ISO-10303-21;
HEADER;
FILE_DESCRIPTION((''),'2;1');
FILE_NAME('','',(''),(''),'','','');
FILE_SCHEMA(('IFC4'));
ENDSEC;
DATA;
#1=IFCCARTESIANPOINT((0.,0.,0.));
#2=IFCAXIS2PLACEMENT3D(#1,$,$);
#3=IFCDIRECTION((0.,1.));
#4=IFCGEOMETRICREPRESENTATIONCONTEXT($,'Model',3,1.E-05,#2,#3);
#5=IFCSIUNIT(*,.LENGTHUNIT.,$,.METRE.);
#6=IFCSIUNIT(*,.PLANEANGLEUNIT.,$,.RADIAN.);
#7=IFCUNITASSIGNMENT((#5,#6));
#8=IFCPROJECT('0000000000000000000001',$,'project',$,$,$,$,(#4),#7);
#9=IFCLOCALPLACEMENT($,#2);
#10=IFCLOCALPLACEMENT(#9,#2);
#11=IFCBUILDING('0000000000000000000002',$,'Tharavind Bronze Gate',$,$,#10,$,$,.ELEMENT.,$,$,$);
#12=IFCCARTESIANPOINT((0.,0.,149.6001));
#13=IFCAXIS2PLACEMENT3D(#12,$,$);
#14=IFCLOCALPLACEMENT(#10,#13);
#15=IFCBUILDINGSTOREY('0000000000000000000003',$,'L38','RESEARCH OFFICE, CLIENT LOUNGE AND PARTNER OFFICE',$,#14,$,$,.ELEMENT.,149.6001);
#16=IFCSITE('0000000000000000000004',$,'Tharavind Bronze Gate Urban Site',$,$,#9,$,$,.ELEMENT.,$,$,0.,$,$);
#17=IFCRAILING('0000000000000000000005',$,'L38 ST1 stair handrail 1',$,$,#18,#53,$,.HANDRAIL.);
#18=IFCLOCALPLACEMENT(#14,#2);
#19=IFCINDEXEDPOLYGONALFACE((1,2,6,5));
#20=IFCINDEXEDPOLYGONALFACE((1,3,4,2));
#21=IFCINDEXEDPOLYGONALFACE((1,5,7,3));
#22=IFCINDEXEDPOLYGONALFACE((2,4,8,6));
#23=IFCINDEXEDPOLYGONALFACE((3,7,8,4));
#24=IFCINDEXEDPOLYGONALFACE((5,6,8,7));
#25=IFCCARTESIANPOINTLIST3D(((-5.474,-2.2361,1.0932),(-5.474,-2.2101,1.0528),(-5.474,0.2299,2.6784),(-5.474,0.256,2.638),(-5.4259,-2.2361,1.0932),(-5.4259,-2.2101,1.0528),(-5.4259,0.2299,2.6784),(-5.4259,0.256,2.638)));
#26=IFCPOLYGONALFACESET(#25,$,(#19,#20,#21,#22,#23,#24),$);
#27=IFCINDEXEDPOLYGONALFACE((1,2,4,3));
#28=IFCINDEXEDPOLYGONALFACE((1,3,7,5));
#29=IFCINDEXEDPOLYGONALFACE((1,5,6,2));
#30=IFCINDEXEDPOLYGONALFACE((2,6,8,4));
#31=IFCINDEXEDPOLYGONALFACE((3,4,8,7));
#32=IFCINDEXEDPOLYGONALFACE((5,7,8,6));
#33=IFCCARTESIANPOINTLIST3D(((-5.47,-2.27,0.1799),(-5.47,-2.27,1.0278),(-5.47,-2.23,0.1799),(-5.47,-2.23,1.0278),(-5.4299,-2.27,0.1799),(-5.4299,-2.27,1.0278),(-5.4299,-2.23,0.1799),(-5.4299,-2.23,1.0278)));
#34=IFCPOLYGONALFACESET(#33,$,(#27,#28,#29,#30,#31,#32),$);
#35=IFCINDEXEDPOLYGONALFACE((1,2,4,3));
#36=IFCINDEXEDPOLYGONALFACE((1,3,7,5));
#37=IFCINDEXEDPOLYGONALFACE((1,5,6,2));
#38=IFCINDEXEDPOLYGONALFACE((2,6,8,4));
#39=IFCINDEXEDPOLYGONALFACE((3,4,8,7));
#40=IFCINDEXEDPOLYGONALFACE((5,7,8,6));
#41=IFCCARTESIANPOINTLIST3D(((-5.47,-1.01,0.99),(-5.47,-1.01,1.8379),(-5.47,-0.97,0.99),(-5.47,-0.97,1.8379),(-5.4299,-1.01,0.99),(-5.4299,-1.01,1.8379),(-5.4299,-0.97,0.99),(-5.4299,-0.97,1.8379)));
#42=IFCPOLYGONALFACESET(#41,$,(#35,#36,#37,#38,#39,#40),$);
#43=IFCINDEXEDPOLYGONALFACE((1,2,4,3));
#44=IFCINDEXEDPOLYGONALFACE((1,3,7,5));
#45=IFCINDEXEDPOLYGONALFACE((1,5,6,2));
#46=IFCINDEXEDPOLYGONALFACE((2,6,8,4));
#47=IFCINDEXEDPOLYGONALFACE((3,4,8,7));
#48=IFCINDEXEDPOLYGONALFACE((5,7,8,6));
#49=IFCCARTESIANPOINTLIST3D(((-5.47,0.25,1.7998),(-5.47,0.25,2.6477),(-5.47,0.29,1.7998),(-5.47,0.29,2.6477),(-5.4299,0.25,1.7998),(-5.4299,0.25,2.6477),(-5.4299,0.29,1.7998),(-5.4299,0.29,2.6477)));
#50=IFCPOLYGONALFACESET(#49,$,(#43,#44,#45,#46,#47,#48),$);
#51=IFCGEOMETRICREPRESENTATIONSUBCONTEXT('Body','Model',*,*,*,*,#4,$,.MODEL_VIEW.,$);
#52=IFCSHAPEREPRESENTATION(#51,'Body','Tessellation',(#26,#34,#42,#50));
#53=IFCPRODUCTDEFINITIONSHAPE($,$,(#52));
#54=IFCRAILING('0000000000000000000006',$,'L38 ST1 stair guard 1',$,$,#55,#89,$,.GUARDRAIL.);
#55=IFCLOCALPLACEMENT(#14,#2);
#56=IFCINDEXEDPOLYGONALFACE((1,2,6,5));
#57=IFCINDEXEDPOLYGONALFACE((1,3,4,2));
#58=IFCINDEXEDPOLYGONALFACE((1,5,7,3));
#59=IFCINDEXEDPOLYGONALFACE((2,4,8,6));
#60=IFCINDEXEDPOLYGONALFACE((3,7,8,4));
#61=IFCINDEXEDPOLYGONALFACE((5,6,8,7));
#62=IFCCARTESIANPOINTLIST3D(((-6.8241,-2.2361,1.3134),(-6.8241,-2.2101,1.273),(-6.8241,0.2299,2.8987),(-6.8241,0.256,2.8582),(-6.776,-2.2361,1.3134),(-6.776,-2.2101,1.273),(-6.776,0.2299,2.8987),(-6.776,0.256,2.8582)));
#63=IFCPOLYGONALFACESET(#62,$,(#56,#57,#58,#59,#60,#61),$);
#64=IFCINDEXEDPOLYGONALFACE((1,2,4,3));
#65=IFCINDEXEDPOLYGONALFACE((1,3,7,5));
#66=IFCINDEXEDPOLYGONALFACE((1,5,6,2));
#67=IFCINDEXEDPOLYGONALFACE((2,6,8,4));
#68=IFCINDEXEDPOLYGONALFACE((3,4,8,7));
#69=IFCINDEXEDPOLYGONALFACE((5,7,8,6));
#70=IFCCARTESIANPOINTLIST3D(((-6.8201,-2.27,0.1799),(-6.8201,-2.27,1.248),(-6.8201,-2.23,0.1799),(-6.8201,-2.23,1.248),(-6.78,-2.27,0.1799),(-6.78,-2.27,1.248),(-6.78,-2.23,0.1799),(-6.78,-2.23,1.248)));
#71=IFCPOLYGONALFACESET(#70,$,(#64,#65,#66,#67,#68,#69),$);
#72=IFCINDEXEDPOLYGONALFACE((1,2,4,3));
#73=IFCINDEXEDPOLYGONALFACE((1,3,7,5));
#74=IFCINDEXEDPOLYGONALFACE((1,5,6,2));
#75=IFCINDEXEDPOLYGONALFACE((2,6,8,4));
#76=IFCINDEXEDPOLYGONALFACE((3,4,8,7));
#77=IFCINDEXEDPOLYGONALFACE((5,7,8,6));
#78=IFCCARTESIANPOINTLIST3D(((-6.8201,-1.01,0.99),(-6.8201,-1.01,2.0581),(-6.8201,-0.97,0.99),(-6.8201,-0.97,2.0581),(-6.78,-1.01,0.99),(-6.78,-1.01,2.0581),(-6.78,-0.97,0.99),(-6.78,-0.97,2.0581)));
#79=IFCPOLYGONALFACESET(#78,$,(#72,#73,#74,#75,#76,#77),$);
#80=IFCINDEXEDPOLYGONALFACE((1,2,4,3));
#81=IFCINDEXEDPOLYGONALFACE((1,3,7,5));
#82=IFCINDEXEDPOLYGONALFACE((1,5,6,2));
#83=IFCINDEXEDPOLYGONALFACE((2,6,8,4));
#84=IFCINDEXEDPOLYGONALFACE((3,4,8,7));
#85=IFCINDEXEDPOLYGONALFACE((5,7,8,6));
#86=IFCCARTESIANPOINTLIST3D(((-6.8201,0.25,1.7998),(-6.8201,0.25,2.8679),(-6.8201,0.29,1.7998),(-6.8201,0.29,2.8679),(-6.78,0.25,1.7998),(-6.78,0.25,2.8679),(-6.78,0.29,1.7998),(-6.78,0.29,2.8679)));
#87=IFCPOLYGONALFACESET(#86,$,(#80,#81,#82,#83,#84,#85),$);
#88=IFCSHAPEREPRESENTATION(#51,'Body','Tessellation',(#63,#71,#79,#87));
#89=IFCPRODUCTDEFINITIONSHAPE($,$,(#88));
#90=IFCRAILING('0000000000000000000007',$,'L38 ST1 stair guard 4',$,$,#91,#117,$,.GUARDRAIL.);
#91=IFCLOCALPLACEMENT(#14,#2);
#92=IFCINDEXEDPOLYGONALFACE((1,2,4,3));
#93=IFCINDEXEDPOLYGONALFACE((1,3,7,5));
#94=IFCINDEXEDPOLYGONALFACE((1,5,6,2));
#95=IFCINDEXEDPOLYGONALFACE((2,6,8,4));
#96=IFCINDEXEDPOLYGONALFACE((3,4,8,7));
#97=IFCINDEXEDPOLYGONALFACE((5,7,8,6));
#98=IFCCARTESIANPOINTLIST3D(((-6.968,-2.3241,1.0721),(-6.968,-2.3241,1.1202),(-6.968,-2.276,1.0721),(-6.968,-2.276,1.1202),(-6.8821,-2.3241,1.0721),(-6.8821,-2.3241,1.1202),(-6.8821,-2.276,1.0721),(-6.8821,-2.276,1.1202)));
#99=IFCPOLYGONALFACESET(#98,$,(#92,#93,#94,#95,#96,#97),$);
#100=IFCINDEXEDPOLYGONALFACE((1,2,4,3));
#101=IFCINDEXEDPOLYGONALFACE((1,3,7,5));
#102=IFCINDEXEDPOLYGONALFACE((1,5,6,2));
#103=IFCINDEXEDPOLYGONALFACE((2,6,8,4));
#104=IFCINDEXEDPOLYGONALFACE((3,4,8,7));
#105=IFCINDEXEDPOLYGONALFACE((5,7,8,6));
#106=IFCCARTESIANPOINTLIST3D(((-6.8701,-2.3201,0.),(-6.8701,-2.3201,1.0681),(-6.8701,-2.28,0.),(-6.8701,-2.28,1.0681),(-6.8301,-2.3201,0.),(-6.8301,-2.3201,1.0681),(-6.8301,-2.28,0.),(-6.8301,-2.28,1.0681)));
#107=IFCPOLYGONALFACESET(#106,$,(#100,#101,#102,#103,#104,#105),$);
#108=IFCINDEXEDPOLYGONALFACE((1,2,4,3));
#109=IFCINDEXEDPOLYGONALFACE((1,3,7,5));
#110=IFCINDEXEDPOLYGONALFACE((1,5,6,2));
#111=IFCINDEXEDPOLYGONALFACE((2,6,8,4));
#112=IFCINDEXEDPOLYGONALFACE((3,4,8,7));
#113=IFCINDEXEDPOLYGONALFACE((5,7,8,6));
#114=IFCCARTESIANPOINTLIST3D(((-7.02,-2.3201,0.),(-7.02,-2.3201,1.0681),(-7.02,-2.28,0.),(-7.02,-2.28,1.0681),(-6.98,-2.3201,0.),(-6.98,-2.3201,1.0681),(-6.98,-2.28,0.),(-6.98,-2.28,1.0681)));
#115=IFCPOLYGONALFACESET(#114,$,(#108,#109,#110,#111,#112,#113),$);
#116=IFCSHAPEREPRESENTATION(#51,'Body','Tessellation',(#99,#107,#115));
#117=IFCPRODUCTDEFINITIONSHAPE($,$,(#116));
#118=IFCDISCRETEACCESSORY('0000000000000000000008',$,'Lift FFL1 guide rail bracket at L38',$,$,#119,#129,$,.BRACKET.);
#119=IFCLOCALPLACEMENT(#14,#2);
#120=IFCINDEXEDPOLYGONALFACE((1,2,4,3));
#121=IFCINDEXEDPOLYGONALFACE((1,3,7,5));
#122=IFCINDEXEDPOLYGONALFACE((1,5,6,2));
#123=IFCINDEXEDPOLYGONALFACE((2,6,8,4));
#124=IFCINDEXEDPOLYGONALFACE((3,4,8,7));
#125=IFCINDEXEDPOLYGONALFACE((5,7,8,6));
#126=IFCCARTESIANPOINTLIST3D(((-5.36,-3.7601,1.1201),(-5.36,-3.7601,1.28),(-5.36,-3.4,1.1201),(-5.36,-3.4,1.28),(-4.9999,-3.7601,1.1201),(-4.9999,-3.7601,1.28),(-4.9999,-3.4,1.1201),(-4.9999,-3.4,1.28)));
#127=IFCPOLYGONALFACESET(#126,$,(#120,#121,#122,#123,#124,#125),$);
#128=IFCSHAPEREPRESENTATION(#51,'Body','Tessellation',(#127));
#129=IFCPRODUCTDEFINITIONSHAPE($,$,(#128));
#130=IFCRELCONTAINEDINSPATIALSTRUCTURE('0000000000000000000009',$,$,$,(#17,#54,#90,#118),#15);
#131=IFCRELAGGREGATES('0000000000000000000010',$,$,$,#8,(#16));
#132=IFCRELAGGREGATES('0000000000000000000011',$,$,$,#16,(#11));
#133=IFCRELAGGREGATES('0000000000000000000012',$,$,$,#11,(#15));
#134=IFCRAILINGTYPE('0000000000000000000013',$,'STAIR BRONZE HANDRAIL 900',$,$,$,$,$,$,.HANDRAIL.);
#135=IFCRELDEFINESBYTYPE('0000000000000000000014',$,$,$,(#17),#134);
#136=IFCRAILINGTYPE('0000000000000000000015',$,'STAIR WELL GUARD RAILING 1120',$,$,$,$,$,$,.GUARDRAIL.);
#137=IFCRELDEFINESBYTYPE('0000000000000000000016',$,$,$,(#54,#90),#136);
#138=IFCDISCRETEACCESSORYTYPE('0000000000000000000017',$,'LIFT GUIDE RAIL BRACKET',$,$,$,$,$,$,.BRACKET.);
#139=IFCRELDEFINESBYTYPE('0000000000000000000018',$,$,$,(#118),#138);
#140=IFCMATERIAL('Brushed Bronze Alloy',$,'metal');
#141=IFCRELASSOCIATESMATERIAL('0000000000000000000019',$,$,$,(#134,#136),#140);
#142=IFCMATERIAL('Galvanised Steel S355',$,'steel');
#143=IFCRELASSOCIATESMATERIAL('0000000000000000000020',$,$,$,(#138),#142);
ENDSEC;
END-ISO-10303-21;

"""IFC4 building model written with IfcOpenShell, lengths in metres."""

from ifc_helpers import new_model, si_unit, direction, frame, origin, origin_2d, place, context, subcontext, project, spatial, rectangle, extrude, material, type_object, element, save


model = new_model("IFC4")

# Units and contexts
model_context = context("Model", 3, precision=1e-05, world=origin(), true_north=direction((0.0, 1.0)))
body_context = subcontext(model_context, "Body", "Model", "MODEL_VIEW")
ifc_project = project(units=[si_unit("LENGTHUNIT", "METRE"), si_unit("PLANEANGLEUNIT", "RADIAN")], contexts=[model_context])

# Site, building, storey
site_placement = place(None, origin())
site = spatial("IfcSite", under=ifc_project, at=site_placement, Name="Tharavind Bronze Gate Urban Site", CompositionType="ELEMENT", RefElevation=0.0)
building_placement = place(site_placement, origin())
building = spatial("IfcBuilding", under=site, at=building_placement, Name="Tharavind Bronze Gate", CompositionType="ELEMENT")
storey_placement = place(building_placement, frame((0.0, 0.0, 149.6001)))
storey = spatial("IfcBuildingStorey", under=building, at=storey_placement, Name="L38", Description="RESEARCH OFFICE, CLIENT LOUNGE AND PARTNER OFFICE", CompositionType="ELEMENT", Elevation=149.6001)

# Railings
ifc_material_1 = material(Name="Brushed Bronze Alloy", Category="metal")
railing_type_1 = type_object("IfcRailingType", Name="STAIR BRONZE HANDRAIL 900", PredefinedType="HANDRAIL", material=ifc_material_1)
railing_1_placement = place(storey_placement, frame((-5.45, -2.25, 0.1799)))
element("IfcRailing", 1, at=railing_1_placement, inside=storey, type_object=railing_type_1, Name="L38 ST1 stair handrail 1", PredefinedType="HANDRAIL", context=body_context, shape_type="SweptSolid", body=[
    extrude(rectangle(XDim=0.0481, YDim=0.0481, at=origin_2d()), frame((0.0, 0.0269, 0.8931), z_axis=(0.0, 0.8412, 0.540725), x_axis=(-1.0, 0.0, 0.0)), (0.0, 0.0, 1.0), 2.9316),
    extrude(rectangle(XDim=0.04, YDim=0.04, at=origin_2d()), origin(), (0.0, 0.0, 1.0), 0.8479),
    extrude(rectangle(XDim=0.04, YDim=0.04, at=origin_2d()), frame((0.0, 1.26, 0.8101)), (0.0, 0.0, 1.0), 0.8479),
    extrude(rectangle(XDim=0.04, YDim=0.04, at=origin_2d()), frame((0.0, 2.52, 1.6199)), (0.0, 0.0, 1.0), 0.8479),
])
railing_type_2 = type_object("IfcRailingType", Name="STAIR WELL GUARD RAILING 1120", PredefinedType="GUARDRAIL", material=ifc_material_1)
railing_2_placement = place(storey_placement, frame((-6.8, -2.25, 0.1799)))
element("IfcRailing", 2, at=railing_2_placement, inside=storey, type_object=railing_type_2, Name="L38 ST1 stair guard 1", PredefinedType="GUARDRAIL", context=body_context, shape_type="SweptSolid", body=[
    extrude(rectangle(XDim=0.0481, YDim=0.0481, at=origin_2d()), frame((0.0, 0.0269, 1.1133), z_axis=(0.0, 0.8412, 0.540725), x_axis=(-1.0, 0.0, 0.0)), (0.0, 0.0, 1.0), 2.9316),
    extrude(rectangle(XDim=0.04, YDim=0.04, at=origin_2d()), origin(), (0.0, 0.0, 1.0), 1.0681),
    extrude(rectangle(XDim=0.04, YDim=0.04, at=origin_2d()), frame((0.0, 1.26, 0.8101)), (0.0, 0.0, 1.0), 1.0681),
    extrude(rectangle(XDim=0.04, YDim=0.04, at=origin_2d()), frame((0.0, 2.52, 1.6199)), (0.0, 0.0, 1.0), 1.0681),
])
railing_3_placement = place(storey_placement, frame((-6.8501, -2.3, 0.0)))
element("IfcRailing", 3, at=railing_3_placement, inside=storey, type_object=railing_type_2, Name="L38 ST1 stair guard 4", PredefinedType="GUARDRAIL", context=body_context, shape_type="SweptSolid", body=[
    extrude(rectangle(XDim=0.0481, YDim=0.0481, at=origin_2d()), frame((-0.032, 0.0, 1.0962), z_axis=(-1.0, 0.0, 0.0), x_axis=(0.0, -1.0, 0.0)), (0.0, 0.0, 1.0), 0.0859),
    extrude(rectangle(XDim=0.04, YDim=0.04, at=origin_2d()), origin(), (0.0, 0.0, 1.0), 1.0681),
    extrude(rectangle(XDim=0.04, YDim=0.04, at=origin_2d()), frame((-0.1499, 0.0, 0.0)), (0.0, 0.0, 1.0), 1.0681),
])

# Discrete accessory
ifc_material_2 = material(Name="Galvanised Steel S355", Category="steel")
discrete_accessory_type = type_object("IfcDiscreteAccessoryType", Name="LIFT GUIDE RAIL BRACKET", PredefinedType="BRACKET", material=ifc_material_2)
discrete_accessory_placement = place(storey_placement, frame((-5.1799, -3.5801, 1.1201), z_axis=(0.0, 0.0, 1.0), x_axis=(1.0, 0.0, 0.0)))
element("IfcDiscreteAccessory", 4, at=discrete_accessory_placement, inside=storey, type_object=discrete_accessory_type, Name="Lift FFL1 guide rail bracket at L38", PredefinedType="BRACKET", context=body_context, shape_type="SweptSolid", body=[
    extrude(rectangle(XDim=0.3601, YDim=0.3601, at=origin_2d()), origin(), (0.0, 0.0, 1.0), 0.1599),
])

save(model, "model.ifc")
